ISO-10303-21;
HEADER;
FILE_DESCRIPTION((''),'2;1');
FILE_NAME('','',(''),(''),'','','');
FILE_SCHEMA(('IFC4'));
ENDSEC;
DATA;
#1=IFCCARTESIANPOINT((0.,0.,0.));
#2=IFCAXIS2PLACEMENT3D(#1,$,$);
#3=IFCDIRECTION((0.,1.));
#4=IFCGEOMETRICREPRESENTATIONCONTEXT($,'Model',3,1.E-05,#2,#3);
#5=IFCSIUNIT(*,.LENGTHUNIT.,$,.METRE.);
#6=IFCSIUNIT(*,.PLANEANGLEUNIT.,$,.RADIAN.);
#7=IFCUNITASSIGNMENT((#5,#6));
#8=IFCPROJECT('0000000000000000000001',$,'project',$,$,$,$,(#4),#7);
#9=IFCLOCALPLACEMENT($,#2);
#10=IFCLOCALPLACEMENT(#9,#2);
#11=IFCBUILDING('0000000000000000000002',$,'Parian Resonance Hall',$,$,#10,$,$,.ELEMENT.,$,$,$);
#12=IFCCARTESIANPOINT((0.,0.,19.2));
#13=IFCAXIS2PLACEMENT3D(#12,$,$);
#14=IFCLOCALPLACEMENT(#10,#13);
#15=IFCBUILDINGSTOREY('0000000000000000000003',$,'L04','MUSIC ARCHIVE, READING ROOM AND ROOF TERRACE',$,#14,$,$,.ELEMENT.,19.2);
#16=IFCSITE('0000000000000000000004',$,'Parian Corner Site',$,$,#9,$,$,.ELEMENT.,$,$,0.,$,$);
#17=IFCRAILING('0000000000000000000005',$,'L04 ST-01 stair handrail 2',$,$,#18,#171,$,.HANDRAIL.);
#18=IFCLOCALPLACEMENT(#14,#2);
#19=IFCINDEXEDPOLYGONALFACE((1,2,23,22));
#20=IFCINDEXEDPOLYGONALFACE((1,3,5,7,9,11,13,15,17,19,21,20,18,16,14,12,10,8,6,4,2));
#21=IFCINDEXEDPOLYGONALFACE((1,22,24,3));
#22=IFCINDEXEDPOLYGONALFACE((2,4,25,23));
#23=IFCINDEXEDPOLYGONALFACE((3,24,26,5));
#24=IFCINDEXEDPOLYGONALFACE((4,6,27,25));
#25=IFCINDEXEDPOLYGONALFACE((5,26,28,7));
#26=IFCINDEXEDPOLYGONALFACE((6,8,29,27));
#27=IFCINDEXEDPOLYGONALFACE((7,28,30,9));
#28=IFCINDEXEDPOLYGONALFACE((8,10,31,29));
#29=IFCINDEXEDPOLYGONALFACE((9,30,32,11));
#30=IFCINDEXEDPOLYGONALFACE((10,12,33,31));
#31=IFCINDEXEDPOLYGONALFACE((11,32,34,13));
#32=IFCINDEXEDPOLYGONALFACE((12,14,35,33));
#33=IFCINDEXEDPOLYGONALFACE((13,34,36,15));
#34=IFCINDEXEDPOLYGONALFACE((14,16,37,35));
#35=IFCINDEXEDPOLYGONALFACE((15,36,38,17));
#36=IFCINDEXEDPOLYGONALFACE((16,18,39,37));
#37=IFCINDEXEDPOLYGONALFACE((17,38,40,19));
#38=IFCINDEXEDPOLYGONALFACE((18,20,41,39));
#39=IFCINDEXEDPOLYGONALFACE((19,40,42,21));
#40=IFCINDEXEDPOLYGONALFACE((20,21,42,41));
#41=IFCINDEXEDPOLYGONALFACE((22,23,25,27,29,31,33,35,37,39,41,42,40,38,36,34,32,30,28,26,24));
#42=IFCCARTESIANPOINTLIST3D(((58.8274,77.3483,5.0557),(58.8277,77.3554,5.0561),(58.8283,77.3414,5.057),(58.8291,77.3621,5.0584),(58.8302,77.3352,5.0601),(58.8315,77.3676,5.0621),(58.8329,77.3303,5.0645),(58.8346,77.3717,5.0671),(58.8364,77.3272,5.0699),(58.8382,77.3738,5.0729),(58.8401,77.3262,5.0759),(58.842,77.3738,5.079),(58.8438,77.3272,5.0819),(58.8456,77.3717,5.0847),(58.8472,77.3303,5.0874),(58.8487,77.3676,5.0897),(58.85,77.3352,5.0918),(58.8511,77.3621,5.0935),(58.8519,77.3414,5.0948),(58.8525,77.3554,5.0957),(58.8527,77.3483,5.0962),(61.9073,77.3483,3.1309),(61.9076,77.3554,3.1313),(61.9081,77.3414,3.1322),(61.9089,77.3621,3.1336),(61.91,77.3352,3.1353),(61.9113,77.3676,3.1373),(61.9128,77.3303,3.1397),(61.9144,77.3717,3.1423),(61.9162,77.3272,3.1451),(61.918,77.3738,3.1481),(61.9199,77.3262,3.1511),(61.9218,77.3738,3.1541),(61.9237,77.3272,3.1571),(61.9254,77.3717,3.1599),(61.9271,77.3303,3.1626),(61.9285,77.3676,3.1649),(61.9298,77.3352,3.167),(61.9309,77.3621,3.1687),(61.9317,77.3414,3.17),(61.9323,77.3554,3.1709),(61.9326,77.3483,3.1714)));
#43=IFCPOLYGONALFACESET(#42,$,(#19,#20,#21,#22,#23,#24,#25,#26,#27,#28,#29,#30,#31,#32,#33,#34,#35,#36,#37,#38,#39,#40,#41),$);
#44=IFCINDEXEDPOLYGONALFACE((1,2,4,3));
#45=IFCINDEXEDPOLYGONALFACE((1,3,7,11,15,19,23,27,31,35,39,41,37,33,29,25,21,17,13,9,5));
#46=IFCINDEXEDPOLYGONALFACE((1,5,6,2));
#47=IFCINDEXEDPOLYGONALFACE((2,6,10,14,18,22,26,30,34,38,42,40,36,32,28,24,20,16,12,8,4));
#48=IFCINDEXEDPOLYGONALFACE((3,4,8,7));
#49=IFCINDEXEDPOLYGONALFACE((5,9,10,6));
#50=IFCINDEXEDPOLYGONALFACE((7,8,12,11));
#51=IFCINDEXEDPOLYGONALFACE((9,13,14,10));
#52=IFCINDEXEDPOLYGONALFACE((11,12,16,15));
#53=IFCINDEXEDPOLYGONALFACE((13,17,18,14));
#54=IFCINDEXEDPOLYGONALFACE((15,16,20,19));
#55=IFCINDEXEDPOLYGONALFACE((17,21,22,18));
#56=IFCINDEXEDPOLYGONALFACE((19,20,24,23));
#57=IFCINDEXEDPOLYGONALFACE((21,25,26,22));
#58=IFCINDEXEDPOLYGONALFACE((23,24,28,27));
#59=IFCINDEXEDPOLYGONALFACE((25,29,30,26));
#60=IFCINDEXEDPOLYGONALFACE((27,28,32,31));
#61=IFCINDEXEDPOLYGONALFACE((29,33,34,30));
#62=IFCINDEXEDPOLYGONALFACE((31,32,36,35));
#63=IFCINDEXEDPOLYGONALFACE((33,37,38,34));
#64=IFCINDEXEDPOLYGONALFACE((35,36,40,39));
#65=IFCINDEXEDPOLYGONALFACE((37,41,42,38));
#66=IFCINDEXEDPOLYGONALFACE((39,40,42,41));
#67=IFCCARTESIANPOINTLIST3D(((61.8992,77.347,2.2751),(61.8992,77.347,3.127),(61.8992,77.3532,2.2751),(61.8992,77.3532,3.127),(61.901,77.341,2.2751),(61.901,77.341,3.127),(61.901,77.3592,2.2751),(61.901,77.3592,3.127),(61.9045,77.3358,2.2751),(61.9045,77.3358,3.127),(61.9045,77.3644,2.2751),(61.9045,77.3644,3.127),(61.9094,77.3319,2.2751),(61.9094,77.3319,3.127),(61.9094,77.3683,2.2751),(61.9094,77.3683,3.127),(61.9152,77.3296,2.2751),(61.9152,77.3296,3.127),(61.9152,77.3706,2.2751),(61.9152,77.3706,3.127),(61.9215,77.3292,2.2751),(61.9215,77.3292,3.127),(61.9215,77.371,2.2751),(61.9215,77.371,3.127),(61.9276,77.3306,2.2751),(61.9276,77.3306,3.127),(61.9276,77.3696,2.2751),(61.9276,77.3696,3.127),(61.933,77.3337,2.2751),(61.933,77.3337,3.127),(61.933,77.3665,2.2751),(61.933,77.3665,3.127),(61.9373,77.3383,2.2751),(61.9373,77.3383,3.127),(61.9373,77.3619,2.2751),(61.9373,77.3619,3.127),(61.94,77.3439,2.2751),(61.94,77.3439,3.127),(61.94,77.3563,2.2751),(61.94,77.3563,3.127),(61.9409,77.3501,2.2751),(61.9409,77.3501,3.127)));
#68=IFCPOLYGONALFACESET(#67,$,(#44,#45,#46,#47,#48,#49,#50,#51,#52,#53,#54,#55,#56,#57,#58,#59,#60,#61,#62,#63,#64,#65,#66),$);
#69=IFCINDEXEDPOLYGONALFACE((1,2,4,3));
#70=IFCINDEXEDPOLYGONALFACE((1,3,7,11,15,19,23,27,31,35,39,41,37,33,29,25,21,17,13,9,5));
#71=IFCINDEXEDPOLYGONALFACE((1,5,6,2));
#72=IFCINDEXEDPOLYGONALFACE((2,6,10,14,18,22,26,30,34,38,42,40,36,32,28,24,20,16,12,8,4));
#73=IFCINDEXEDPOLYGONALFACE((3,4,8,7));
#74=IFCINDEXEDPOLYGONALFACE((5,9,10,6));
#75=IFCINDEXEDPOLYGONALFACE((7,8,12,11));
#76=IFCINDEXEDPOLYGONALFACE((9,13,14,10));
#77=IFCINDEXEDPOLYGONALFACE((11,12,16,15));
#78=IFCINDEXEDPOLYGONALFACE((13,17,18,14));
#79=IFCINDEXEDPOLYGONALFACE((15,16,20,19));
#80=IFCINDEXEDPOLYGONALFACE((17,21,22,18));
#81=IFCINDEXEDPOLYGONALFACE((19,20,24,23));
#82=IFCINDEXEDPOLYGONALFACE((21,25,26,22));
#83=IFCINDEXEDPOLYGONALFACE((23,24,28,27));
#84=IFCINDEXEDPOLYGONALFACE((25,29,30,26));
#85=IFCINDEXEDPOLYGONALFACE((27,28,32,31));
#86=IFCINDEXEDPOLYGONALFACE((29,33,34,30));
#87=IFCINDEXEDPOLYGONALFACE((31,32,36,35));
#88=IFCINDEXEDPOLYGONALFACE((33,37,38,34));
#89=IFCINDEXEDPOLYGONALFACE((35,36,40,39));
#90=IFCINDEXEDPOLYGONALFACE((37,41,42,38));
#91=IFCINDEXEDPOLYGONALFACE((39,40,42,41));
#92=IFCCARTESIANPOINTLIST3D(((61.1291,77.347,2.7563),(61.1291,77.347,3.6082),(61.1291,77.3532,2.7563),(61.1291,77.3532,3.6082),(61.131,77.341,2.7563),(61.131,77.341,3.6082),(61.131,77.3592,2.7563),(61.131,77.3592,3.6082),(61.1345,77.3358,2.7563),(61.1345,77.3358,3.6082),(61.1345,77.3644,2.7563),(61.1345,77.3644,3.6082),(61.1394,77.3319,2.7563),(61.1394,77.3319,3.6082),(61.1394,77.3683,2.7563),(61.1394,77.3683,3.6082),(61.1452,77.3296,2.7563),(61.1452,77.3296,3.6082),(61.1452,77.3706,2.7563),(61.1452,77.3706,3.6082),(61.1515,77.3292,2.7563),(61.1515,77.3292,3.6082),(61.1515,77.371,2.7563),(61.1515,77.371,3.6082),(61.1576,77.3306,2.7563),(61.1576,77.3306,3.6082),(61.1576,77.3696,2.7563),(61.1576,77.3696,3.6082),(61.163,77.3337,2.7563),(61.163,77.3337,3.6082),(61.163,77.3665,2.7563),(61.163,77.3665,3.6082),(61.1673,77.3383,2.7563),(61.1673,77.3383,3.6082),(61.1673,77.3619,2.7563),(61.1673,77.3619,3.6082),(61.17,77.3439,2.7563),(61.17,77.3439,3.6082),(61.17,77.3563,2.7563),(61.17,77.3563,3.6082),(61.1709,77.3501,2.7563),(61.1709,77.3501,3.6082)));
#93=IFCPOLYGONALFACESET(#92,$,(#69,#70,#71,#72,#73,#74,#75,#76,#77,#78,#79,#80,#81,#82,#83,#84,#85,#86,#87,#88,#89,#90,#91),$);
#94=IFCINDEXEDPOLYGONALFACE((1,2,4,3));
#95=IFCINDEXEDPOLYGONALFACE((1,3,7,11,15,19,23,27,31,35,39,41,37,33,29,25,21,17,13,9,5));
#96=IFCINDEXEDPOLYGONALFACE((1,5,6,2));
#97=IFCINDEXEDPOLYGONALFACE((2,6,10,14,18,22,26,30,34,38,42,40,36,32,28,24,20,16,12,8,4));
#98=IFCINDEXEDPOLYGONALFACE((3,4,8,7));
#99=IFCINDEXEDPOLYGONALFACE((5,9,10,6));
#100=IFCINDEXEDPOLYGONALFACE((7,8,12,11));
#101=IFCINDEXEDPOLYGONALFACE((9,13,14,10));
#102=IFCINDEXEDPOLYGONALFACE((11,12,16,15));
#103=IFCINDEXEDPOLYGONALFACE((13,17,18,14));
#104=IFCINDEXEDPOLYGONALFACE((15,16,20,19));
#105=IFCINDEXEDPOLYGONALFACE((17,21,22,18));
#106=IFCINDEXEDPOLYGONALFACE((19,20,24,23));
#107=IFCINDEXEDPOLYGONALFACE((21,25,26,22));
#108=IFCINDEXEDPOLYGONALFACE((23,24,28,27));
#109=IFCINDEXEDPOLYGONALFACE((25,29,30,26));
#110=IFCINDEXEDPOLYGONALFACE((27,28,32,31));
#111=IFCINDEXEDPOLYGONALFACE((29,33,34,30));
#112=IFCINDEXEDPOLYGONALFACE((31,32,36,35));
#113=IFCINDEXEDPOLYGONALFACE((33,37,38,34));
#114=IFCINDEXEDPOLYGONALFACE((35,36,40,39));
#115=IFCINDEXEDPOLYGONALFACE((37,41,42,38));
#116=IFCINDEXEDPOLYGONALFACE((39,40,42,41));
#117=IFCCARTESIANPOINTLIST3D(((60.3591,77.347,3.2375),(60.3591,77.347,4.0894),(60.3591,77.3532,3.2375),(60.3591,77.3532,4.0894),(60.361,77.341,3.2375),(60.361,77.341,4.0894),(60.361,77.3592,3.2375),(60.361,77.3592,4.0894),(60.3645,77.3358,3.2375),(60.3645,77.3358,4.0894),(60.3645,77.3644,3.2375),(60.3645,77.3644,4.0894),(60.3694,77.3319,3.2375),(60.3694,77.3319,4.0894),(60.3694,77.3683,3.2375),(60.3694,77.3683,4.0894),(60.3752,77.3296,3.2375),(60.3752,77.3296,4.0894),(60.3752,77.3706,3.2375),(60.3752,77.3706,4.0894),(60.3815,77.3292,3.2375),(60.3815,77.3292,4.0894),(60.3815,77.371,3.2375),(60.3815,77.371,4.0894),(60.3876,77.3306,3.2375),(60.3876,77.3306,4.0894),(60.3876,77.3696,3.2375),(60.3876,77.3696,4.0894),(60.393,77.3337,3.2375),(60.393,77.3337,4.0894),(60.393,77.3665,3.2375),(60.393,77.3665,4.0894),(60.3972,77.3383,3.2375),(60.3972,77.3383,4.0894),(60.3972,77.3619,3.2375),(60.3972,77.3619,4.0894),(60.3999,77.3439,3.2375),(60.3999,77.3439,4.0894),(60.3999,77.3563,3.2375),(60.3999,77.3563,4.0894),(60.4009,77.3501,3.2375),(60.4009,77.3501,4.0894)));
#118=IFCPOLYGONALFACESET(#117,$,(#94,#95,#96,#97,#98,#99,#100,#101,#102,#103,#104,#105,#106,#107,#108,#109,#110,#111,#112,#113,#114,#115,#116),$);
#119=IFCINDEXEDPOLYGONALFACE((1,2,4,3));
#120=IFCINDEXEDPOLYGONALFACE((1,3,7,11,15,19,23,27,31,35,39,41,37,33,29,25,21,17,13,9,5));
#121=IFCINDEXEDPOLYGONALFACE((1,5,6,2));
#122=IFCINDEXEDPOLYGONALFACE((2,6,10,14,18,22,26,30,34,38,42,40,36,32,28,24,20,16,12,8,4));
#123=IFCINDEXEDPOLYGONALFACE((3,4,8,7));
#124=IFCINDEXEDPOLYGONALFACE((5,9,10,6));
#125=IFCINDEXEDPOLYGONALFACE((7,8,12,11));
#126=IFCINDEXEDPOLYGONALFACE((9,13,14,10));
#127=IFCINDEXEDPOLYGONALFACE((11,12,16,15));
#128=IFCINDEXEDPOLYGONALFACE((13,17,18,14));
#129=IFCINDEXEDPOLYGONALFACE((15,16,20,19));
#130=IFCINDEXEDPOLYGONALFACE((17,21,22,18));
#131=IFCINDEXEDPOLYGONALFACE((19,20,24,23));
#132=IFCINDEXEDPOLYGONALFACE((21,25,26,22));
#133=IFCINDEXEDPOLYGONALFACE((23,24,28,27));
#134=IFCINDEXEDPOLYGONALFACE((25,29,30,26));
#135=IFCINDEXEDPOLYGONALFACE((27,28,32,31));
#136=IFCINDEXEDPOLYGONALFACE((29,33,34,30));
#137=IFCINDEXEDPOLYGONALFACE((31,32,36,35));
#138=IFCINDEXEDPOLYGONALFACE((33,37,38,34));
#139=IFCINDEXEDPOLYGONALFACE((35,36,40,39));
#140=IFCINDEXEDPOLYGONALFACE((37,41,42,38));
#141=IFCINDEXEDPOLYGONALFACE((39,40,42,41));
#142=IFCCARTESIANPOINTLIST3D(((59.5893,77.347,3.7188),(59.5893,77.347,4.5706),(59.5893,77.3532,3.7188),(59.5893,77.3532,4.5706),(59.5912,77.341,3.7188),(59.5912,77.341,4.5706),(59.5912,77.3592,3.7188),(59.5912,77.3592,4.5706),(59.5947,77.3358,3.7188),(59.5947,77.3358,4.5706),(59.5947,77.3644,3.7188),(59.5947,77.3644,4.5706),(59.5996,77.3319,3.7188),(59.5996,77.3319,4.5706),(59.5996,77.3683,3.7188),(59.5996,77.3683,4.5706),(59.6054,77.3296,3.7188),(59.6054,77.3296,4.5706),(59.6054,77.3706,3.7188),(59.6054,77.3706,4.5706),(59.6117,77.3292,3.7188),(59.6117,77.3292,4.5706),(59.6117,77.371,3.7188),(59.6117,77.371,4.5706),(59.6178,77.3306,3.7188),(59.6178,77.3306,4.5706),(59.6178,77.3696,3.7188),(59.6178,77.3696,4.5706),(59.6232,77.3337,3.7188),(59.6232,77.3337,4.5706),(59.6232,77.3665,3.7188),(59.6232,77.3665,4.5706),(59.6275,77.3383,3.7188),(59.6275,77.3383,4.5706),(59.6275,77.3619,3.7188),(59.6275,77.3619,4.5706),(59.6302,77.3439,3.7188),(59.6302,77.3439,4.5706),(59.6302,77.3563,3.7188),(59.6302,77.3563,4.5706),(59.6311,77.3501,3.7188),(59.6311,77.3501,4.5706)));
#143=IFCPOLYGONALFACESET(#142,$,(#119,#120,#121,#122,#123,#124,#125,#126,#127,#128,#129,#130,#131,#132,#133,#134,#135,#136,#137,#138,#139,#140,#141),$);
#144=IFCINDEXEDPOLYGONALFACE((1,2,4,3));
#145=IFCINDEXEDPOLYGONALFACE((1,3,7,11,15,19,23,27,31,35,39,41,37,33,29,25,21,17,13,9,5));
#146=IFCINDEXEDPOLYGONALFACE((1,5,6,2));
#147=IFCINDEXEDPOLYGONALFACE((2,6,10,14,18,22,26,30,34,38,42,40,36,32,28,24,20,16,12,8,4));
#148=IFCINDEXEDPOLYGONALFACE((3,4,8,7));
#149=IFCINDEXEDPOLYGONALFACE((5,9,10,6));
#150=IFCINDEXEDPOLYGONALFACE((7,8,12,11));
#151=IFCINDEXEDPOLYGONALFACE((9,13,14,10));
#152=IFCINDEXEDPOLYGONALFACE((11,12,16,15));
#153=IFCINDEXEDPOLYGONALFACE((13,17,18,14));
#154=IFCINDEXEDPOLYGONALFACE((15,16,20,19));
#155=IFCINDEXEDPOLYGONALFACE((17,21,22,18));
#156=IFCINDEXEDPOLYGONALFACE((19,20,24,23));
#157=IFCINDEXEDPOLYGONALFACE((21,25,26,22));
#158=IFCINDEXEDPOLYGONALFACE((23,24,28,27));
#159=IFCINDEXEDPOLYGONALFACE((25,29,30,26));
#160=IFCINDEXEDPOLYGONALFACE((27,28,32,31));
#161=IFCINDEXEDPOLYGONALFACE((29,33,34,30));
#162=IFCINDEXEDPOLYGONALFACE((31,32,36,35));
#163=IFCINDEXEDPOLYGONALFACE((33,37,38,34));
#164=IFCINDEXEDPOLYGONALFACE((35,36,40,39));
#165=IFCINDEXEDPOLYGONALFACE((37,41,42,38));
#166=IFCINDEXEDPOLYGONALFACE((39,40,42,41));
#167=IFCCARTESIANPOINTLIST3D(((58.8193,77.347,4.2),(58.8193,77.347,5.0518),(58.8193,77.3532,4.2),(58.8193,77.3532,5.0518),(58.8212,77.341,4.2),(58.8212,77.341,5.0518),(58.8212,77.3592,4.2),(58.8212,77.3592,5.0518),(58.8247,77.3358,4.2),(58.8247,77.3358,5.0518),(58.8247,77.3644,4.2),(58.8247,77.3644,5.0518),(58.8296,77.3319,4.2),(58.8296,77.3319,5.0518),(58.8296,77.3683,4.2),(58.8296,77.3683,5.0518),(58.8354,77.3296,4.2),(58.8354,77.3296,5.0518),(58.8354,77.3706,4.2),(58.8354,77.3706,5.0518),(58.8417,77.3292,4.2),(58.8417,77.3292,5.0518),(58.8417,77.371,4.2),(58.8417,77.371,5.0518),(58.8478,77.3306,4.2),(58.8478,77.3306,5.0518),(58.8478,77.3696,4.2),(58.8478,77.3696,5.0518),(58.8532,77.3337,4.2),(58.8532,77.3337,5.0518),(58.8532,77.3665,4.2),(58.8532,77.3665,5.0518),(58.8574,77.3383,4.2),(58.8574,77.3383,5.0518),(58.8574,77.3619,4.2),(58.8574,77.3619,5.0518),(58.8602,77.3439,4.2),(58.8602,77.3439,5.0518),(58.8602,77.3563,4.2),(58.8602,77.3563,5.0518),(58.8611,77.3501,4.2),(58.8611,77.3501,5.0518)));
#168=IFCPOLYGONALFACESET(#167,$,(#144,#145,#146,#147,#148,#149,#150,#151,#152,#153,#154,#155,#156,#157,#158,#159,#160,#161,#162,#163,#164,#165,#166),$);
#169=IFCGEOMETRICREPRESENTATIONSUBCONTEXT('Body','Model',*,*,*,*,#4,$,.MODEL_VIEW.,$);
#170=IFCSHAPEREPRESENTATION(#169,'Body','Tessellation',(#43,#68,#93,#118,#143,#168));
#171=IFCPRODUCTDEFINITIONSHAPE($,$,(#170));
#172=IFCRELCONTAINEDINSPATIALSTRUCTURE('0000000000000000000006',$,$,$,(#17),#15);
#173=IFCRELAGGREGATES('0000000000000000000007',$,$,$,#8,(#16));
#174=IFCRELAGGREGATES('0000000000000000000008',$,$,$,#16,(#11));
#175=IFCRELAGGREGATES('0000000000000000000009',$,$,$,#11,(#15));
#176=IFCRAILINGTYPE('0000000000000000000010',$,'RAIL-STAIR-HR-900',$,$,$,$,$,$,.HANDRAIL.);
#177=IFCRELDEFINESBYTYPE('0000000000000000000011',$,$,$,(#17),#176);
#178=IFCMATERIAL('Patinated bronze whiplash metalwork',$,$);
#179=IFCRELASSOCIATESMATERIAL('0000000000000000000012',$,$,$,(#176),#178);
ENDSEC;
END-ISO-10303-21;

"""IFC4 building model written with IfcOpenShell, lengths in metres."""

from ifc_helpers import new_model, si_unit, direction, frame, origin, origin_2d, place, context, subcontext, project, spatial, circle, extrude, material, type_object, element, save


model = new_model("IFC4")

# Units and contexts
model_context = context("Model", 3, precision=1e-05, world=origin(), true_north=direction((0.0, 1.0)))
body_context = subcontext(model_context, "Body", "Model", "MODEL_VIEW")
ifc_project = project(units=[si_unit("LENGTHUNIT", "METRE"), si_unit("PLANEANGLEUNIT", "RADIAN")], contexts=[model_context])

# Site, building, storey
site_placement = place(None, origin())
site = spatial("IfcSite", under=ifc_project, at=site_placement, Name="Parian Corner Site", CompositionType="ELEMENT", RefElevation=0.0)
building_placement = place(site_placement, origin())
building = spatial("IfcBuilding", under=site, at=building_placement, Name="Parian Resonance Hall", CompositionType="ELEMENT")
storey_placement = place(building_placement, frame((0.0, 0.0, 19.2)))
storey = spatial("IfcBuildingStorey", under=building, at=storey_placement, Name="L04", Description="MUSIC ARCHIVE, READING ROOM AND ROOF TERRACE", CompositionType="ELEMENT", Elevation=19.2)

# Railing
ifc_material_1 = material(Name="Patinated bronze whiplash metalwork")
railing_type_1 = type_object("IfcRailingType", Name="RAIL-STAIR-HR-900", PredefinedType="HANDRAIL", material=ifc_material_1)
railing_1_placement = place(storey_placement, frame((61.9199, 77.3501, 2.2751)))
element("IfcRailing", 1, at=railing_1_placement, inside=storey, type_object=railing_type_1, Name="L04 ST-01 stair handrail 2", PredefinedType="HANDRAIL", context=body_context, shape_type="SweptSolid", body=[
    extrude(circle(Radius=0.0239, at=origin_2d()), frame((0.0, 0.0, 0.876), z_axis=(-0.84801, 0.0, 0.529981), x_axis=(0.0, -1.0, 0.0)), (0.0, 0.0, 1.0), 3.6318),
    extrude(circle(Radius=0.021, at=origin_2d()), origin(), (0.0, 0.0, 1.0), 0.8518),
    extrude(circle(Radius=0.021, at=origin_2d()), frame((-0.77, 0.0, 0.4812)), (0.0, 0.0, 1.0), 0.8518),
    extrude(circle(Radius=0.021, at=origin_2d()), frame((-1.54, 0.0, 0.9624)), (0.0, 0.0, 1.0), 0.8518),
    extrude(circle(Radius=0.021, at=origin_2d()), frame((-2.3098, 0.0, 1.4436)), (0.0, 0.0, 1.0), 0.8518),
    extrude(circle(Radius=0.021, at=origin_2d()), frame((-3.0798, 0.0, 1.9248)), (0.0, 0.0, 1.0), 0.8518),
])

save(model, "model.ifc")
